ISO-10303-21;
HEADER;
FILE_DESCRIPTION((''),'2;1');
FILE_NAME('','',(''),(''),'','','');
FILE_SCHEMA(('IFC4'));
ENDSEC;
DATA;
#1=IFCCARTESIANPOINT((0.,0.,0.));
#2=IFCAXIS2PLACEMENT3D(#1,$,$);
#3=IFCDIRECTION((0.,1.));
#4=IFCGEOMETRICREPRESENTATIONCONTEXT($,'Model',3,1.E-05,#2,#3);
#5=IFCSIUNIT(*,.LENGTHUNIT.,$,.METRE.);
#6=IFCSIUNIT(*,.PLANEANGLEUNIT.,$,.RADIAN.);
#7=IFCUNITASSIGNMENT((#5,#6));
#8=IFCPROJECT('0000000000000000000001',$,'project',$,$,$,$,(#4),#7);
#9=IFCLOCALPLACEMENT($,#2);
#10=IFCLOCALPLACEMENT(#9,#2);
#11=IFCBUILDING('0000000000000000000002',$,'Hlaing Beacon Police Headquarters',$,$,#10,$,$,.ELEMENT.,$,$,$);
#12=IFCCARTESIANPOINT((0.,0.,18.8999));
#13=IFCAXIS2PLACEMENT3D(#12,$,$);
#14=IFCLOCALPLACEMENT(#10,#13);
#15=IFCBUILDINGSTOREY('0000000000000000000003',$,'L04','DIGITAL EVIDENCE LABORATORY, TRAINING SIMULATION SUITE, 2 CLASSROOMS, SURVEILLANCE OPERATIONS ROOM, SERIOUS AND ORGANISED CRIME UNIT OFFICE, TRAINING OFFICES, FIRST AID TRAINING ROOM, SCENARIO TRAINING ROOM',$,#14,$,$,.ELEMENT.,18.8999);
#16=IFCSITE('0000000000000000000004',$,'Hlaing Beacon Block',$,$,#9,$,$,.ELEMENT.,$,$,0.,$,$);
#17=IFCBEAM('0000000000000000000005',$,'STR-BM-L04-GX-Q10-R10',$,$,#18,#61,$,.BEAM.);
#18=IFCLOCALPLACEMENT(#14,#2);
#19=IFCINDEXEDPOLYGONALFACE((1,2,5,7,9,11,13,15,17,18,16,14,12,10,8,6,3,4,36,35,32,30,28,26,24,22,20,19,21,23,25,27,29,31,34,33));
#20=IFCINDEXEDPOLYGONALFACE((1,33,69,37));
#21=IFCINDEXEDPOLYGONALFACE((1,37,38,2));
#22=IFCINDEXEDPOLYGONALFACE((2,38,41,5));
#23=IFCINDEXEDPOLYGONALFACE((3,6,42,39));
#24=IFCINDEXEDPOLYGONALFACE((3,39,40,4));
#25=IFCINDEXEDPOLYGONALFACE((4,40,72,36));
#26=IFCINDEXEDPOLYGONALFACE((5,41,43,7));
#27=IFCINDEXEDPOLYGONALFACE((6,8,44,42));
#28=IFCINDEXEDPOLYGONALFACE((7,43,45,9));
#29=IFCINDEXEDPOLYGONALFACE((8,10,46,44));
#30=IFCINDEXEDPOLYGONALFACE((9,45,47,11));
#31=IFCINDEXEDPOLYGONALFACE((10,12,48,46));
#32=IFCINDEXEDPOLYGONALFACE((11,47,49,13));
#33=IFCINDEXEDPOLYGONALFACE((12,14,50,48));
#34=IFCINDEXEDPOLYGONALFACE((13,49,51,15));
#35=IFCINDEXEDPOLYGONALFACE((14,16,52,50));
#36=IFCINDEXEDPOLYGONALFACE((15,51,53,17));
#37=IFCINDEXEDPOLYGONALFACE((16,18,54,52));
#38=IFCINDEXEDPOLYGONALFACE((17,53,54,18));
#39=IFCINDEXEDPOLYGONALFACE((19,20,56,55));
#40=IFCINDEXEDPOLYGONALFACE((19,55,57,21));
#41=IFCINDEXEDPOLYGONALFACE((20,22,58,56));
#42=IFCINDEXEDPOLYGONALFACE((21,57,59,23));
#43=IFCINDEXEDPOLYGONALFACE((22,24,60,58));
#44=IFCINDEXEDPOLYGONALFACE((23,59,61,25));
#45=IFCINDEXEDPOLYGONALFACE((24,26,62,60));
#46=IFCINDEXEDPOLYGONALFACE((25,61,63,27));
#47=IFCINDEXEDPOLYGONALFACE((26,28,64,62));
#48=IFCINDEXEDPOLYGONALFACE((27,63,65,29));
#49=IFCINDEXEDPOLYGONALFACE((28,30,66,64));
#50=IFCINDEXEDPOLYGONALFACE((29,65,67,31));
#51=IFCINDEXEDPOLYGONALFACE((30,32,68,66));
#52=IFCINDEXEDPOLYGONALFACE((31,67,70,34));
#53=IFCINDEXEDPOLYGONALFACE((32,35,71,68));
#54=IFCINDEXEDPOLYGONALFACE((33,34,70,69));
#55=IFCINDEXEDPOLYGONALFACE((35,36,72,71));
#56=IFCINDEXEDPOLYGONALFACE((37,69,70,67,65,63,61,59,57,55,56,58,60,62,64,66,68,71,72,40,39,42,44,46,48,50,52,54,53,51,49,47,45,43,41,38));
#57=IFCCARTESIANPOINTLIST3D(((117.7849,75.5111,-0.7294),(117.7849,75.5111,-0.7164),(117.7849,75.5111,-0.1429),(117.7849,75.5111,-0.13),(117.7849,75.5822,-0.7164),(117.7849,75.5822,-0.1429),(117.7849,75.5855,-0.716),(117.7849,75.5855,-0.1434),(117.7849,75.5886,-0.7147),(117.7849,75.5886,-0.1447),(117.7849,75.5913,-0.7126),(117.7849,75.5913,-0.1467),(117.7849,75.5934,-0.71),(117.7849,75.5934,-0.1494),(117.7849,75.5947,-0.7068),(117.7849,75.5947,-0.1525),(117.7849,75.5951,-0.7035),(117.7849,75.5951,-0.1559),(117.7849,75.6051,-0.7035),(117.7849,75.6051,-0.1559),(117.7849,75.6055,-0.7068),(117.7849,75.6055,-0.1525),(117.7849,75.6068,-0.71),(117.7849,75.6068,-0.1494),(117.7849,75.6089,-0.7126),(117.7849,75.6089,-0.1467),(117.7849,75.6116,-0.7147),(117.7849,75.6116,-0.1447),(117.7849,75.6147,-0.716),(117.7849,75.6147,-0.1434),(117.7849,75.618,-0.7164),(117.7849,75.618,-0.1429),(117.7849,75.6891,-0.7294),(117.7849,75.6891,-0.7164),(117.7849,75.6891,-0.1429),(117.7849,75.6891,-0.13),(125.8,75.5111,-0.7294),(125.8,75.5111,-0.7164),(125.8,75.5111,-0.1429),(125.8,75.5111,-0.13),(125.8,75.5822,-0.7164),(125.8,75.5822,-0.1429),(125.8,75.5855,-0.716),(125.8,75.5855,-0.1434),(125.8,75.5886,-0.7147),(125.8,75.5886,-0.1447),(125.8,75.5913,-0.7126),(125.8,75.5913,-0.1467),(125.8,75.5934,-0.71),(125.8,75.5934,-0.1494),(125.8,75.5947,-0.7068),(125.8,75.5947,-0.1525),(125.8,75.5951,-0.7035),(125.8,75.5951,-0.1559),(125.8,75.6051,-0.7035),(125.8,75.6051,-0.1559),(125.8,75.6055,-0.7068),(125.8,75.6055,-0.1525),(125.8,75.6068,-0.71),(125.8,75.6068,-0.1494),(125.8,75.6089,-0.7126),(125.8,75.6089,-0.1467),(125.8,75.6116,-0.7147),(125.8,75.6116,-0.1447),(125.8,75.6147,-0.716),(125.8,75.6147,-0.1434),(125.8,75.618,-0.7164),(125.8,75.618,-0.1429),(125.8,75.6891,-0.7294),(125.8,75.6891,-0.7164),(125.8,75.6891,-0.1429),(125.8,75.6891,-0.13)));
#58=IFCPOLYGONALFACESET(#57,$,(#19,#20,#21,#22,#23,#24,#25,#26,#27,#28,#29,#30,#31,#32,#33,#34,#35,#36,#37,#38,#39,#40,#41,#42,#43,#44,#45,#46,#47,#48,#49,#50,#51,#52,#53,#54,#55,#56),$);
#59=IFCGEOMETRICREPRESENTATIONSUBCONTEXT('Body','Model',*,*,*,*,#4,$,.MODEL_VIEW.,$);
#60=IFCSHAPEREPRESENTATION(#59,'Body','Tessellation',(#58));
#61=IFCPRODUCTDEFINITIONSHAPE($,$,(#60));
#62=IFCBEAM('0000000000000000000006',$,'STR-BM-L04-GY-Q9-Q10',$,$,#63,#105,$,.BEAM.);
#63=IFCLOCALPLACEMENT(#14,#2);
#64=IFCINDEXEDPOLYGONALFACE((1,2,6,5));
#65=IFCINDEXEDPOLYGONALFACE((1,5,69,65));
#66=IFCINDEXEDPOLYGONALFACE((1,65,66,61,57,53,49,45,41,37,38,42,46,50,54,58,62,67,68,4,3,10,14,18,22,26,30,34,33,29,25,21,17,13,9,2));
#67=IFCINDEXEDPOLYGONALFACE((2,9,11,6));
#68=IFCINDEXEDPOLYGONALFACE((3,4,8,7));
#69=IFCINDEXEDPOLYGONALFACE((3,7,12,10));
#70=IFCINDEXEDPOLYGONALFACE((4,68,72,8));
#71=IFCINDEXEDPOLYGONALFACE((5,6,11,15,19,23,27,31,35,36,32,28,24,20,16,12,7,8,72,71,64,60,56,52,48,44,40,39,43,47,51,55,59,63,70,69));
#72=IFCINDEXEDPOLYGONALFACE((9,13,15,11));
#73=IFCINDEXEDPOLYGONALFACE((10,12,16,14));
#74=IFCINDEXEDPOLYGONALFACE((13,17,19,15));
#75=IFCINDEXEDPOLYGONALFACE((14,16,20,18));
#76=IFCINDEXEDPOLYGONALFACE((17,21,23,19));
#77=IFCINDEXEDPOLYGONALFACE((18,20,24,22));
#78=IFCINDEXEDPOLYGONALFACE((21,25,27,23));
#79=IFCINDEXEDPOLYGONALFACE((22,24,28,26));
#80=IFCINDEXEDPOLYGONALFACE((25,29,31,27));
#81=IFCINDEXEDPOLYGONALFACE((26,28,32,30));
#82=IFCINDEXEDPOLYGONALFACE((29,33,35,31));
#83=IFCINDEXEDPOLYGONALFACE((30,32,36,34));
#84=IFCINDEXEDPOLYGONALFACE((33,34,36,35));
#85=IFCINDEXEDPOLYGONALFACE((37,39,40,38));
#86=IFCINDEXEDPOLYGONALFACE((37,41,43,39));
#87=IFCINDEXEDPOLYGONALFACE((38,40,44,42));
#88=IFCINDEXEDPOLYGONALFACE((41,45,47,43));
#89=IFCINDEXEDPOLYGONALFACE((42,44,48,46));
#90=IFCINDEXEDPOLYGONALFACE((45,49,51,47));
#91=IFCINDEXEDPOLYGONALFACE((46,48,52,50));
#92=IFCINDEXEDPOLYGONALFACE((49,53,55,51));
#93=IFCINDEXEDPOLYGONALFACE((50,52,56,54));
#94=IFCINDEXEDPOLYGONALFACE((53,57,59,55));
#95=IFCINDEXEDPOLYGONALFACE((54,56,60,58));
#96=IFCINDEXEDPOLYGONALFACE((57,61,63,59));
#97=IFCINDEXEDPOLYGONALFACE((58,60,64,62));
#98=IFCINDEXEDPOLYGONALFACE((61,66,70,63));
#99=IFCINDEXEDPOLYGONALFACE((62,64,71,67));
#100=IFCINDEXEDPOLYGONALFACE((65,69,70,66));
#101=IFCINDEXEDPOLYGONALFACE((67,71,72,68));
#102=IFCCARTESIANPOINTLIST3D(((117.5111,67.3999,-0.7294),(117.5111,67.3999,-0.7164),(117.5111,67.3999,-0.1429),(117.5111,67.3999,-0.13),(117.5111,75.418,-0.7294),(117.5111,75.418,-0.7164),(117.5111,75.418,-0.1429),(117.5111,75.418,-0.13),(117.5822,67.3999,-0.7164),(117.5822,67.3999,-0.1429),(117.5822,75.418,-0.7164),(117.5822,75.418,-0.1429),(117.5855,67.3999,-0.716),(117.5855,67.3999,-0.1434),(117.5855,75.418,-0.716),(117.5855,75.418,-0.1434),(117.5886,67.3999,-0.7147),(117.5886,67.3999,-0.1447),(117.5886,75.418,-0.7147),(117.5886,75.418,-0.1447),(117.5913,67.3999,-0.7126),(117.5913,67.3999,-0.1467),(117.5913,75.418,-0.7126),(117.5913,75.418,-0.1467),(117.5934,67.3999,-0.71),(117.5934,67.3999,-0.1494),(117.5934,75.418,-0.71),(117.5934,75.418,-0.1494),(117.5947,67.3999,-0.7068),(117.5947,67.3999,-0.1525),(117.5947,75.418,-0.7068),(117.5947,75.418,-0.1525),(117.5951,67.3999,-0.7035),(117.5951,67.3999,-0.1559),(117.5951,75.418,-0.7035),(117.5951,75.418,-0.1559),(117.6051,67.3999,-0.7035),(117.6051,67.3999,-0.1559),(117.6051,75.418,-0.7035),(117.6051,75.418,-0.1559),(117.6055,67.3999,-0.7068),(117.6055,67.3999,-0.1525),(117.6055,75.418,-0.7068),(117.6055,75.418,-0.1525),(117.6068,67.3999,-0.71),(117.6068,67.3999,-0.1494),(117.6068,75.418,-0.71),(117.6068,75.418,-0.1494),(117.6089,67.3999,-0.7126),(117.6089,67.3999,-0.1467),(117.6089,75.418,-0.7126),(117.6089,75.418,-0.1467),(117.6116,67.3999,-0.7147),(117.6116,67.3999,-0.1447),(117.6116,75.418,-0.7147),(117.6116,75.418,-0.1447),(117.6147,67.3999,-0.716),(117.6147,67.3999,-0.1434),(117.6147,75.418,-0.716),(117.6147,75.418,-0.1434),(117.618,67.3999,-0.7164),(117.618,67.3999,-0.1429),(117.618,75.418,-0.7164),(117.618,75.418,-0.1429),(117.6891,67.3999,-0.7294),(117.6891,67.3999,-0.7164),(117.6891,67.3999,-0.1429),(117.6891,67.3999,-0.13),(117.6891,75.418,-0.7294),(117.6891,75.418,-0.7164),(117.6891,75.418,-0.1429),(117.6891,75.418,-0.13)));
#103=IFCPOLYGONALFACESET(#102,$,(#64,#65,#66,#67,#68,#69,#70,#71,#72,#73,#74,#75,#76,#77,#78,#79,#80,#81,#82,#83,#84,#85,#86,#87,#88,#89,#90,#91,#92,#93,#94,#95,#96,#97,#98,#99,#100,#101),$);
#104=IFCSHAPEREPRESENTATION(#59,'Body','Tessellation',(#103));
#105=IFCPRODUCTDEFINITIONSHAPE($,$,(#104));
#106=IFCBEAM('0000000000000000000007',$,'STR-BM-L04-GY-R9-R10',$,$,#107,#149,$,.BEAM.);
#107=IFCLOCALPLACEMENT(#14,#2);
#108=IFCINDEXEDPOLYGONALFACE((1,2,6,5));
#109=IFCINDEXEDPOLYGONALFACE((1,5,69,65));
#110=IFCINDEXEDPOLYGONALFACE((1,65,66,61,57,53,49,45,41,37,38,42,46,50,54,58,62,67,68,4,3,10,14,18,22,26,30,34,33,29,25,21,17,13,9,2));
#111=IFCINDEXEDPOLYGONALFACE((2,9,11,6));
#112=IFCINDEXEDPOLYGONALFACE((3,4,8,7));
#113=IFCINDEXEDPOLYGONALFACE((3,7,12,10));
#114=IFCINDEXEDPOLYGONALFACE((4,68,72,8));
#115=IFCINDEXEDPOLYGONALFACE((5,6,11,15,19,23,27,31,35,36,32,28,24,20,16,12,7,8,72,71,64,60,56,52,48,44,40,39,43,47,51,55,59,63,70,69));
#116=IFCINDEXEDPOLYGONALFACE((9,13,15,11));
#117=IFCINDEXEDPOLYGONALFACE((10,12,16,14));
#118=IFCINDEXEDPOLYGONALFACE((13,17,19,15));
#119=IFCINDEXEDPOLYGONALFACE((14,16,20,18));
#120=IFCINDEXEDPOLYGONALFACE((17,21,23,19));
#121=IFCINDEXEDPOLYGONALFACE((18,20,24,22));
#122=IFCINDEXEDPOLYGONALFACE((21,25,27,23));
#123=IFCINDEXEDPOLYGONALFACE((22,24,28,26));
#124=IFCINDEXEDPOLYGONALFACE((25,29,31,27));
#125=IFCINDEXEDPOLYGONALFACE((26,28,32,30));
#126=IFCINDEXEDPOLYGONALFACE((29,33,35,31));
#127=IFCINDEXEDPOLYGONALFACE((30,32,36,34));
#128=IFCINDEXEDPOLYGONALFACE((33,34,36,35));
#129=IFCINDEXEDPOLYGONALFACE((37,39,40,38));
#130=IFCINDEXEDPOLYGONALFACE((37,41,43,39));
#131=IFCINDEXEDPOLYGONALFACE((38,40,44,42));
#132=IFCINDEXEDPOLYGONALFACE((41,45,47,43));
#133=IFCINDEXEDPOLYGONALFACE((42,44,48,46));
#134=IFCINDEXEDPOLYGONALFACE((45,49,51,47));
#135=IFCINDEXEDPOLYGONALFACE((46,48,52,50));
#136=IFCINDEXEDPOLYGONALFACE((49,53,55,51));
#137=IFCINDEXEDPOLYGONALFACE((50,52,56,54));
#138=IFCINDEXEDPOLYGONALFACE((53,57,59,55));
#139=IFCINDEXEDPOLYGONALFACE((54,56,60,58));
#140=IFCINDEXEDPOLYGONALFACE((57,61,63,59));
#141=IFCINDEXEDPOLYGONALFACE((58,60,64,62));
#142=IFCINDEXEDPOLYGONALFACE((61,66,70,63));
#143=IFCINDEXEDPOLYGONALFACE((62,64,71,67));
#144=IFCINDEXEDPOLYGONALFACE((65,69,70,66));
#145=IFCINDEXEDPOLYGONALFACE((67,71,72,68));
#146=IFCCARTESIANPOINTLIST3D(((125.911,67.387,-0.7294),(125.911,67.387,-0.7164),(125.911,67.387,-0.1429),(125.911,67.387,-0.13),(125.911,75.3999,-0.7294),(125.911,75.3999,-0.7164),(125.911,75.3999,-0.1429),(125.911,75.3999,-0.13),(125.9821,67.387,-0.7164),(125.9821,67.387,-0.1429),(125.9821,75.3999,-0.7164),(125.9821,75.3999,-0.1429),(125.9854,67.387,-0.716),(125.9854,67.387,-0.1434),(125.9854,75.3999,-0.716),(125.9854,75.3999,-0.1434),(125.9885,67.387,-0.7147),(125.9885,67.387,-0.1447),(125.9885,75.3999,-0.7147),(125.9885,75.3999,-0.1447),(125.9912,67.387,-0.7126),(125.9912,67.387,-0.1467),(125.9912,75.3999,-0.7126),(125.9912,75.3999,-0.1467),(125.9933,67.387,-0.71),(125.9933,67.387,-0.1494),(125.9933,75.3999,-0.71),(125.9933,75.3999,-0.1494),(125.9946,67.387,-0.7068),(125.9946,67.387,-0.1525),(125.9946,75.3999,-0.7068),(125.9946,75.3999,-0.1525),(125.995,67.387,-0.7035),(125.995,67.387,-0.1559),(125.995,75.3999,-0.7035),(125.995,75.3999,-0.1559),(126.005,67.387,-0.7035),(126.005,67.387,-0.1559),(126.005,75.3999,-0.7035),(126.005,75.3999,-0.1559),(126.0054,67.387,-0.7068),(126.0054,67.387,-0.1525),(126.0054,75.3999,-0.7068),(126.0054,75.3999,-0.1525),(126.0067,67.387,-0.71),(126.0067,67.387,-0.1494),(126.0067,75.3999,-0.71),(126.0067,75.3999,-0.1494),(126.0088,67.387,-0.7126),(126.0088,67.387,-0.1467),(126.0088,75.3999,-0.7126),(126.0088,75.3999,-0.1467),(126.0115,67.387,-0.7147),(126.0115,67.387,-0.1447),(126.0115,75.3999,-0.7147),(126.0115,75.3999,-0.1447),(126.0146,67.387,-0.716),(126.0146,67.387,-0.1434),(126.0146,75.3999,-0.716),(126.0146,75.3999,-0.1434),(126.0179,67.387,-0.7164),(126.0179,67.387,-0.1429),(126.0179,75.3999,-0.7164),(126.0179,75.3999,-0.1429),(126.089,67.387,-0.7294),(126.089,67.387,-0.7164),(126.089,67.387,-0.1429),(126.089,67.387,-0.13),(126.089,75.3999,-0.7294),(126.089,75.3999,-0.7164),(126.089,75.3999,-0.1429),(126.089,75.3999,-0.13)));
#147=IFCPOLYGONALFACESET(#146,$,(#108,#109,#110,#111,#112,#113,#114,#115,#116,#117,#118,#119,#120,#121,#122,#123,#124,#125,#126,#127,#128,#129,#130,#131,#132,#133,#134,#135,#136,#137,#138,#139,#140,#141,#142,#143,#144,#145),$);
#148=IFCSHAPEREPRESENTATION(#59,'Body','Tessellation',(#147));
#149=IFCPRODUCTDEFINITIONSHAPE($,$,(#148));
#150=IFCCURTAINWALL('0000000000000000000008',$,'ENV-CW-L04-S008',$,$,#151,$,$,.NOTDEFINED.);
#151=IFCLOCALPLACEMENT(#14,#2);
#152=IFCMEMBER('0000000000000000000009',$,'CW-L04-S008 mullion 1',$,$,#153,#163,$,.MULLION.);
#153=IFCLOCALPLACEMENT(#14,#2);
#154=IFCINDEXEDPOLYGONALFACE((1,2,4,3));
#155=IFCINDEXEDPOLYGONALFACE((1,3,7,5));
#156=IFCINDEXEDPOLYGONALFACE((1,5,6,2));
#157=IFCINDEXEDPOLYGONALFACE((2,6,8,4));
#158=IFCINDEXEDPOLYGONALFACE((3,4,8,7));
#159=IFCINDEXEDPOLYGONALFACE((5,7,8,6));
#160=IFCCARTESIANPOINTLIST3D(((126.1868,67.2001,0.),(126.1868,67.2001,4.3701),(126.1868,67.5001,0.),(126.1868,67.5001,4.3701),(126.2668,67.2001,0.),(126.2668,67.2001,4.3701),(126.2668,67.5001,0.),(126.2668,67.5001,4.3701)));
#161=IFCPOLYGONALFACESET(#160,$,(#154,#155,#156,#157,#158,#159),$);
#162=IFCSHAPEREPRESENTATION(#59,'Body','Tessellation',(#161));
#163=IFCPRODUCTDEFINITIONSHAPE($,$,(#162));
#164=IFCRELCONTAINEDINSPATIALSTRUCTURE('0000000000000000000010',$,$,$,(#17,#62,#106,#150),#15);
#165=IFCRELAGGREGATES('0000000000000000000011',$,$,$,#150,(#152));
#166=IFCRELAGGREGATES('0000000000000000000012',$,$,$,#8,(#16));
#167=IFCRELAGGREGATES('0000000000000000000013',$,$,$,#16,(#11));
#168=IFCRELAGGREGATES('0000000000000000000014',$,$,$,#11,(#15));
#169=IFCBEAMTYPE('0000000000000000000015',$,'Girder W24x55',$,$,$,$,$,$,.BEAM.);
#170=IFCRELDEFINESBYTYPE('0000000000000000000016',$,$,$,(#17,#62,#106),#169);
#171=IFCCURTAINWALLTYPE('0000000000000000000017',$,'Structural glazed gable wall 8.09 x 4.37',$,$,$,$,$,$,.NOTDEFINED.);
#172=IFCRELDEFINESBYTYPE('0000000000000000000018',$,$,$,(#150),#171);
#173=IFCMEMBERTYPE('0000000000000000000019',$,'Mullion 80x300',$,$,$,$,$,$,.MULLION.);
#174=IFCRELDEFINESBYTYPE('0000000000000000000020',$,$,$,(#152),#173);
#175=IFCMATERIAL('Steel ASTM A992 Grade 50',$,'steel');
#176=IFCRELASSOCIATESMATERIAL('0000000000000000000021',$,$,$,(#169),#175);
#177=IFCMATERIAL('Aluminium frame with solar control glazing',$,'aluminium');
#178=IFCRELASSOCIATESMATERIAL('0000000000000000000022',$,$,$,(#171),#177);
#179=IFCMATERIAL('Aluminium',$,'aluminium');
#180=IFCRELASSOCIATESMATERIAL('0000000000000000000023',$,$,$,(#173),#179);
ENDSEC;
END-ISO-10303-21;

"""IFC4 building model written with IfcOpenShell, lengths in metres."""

from ifc_helpers import new_model, si_unit, direction, frame, origin, origin_2d, place, context, subcontext, project, spatial, rectangle, i_section, extrude, material, material_profile, profile_set, type_object, element, aggregate, save


model = new_model("IFC4")

# Units and contexts
model_context = context("Model", 3, precision=1e-05, world=origin(), true_north=direction((0.0, 1.0)))
body_context = subcontext(model_context, "Body", "Model", "MODEL_VIEW")
ifc_project = project(units=[si_unit("LENGTHUNIT", "METRE"), si_unit("PLANEANGLEUNIT", "RADIAN")], contexts=[model_context])

# Site, building, storey
site_placement = place(None, origin())
site = spatial("IfcSite", under=ifc_project, at=site_placement, Name="Hlaing Beacon Block", CompositionType="ELEMENT", RefElevation=0.0)
building_placement = place(site_placement, origin())
building = spatial("IfcBuilding", under=site, at=building_placement, Name="Hlaing Beacon Police Headquarters", CompositionType="ELEMENT")
storey_placement = place(building_placement, frame((0.0, 0.0, 18.8999)))
storey = spatial("IfcBuildingStorey", under=building, at=storey_placement, Name="L04", Description="DIGITAL EVIDENCE LABORATORY, TRAINING SIMULATION SUITE, 2 CLASSROOMS, SURVEILLANCE OPERATIONS ROOM, SERIOUS AND ORGANISED CRIME UNIT OFFICE, TRAINING OFFICES, FIRST AID TRAINING ROOM, SCENARIO TRAINING ROOM", CompositionType="ELEMENT", Elevation=18.8999)

# Beams
ifc_material_1 = material(Name="Steel ASTM A992 Grade 50", Category="steel")
ifc_material_profile_1 = material_profile(ifc_material_1, i_section(OverallWidth=0.178, OverallDepth=0.5994, WebThickness=0.01, FlangeThickness=0.0129, FilletRadius=0.0129, at=origin_2d()), Name="W24x55")
ifc_profile_set_1 = profile_set([ifc_material_profile_1], Name="Steel ASTM A992 Grade 50")
beam_type_1 = type_object("IfcBeamType", Name="Girder W24x55", PredefinedType="BEAM", material=ifc_profile_set_1)
beam_1_placement = place(storey_placement, frame((117.7849, 75.6001, -0.4297), z_axis=(1.0, 0.0, 0.0), x_axis=(0.0, 1.0, 0.0)))
element("IfcBeam", 1, at=beam_1_placement, inside=storey, type_object=beam_type_1, Name="STR-BM-L04-GX-Q10-R10", PredefinedType="BEAM", context=body_context, shape_type="SweptSolid", body=[
    extrude(i_section(OverallWidth=0.178, OverallDepth=0.5994, WebThickness=0.01, FlangeThickness=0.0129, FilletRadius=0.0129, at=origin_2d()), origin(), (0.0, 0.0, 1.0), 8.0151),
])
beam_2_placement = place(storey_placement, frame((117.6001, 67.3999, -0.4297), z_axis=(0.0, 1.0, 0.0), x_axis=(-1.0, 0.0, 0.0)))
element("IfcBeam", 2, at=beam_2_placement, inside=storey, type_object=beam_type_1, Name="STR-BM-L04-GY-Q9-Q10", PredefinedType="BEAM", context=body_context, shape_type="SweptSolid", body=[
    extrude(i_section(OverallWidth=0.178, OverallDepth=0.5994, WebThickness=0.01, FlangeThickness=0.0129, FilletRadius=0.0129, at=origin_2d()), origin(), (0.0, 0.0, 1.0), 8.0181),
])
beam_3_placement = place(storey_placement, frame((126.0, 67.387, -0.4297), z_axis=(0.0, 1.0, 0.0), x_axis=(-1.0, 0.0, 0.0)))
element("IfcBeam", 3, at=beam_3_placement, inside=storey, type_object=beam_type_1, Name="STR-BM-L04-GY-R9-R10", PredefinedType="BEAM", context=body_context, shape_type="SweptSolid", body=[
    extrude(i_section(OverallWidth=0.178, OverallDepth=0.5994, WebThickness=0.01, FlangeThickness=0.0129, FilletRadius=0.0129, at=origin_2d()), origin(), (0.0, 0.0, 1.0), 8.0129),
])

# Curtain wall, member
ifc_material_2 = material(Name="Aluminium frame with solar control glazing", Category="aluminium")
curtain_wall_type = type_object("IfcCurtainWallType", Name="Structural glazed gable wall 8.09 x 4.37", PredefinedType="NOTDEFINED", material=ifc_material_2)
curtain_wall_placement = place(storey_placement, origin())
curtain_wall = element("IfcCurtainWall", 4, at=curtain_wall_placement, inside=storey, type_object=curtain_wall_type, Name="ENV-CW-L04-S008", PredefinedType="NOTDEFINED")
ifc_material_3 = material(Name="Aluminium", Category="aluminium")
ifc_material_profile_2 = material_profile(ifc_material_3, rectangle(XDim=0.3, YDim=0.0801, at=origin_2d()), Name="Mullion 80x300")
ifc_profile_set_2 = profile_set([ifc_material_profile_2], Name="Aluminium")
member_type_1 = type_object("IfcMemberType", Name="Mullion 80x300", PredefinedType="MULLION", material=ifc_profile_set_2)
member_1_placement = place(storey_placement, frame((126.2268, 67.3501, 0.0), z_axis=(0.0, 0.0, 1.0), x_axis=(0.0, 1.0, 0.0)))
member_1 = element("IfcMember", 5, at=member_1_placement, type_object=member_type_1, Name="CW-L04-S008 mullion 1", PredefinedType="MULLION", context=body_context, shape_type="SweptSolid", body=[
    extrude(rectangle(XDim=0.3, YDim=0.0801, at=origin_2d()), origin(), (0.0, 0.0, 1.0), 4.3701),
])

aggregate(curtain_wall, [member_1])

save(model, "model.ifc")
